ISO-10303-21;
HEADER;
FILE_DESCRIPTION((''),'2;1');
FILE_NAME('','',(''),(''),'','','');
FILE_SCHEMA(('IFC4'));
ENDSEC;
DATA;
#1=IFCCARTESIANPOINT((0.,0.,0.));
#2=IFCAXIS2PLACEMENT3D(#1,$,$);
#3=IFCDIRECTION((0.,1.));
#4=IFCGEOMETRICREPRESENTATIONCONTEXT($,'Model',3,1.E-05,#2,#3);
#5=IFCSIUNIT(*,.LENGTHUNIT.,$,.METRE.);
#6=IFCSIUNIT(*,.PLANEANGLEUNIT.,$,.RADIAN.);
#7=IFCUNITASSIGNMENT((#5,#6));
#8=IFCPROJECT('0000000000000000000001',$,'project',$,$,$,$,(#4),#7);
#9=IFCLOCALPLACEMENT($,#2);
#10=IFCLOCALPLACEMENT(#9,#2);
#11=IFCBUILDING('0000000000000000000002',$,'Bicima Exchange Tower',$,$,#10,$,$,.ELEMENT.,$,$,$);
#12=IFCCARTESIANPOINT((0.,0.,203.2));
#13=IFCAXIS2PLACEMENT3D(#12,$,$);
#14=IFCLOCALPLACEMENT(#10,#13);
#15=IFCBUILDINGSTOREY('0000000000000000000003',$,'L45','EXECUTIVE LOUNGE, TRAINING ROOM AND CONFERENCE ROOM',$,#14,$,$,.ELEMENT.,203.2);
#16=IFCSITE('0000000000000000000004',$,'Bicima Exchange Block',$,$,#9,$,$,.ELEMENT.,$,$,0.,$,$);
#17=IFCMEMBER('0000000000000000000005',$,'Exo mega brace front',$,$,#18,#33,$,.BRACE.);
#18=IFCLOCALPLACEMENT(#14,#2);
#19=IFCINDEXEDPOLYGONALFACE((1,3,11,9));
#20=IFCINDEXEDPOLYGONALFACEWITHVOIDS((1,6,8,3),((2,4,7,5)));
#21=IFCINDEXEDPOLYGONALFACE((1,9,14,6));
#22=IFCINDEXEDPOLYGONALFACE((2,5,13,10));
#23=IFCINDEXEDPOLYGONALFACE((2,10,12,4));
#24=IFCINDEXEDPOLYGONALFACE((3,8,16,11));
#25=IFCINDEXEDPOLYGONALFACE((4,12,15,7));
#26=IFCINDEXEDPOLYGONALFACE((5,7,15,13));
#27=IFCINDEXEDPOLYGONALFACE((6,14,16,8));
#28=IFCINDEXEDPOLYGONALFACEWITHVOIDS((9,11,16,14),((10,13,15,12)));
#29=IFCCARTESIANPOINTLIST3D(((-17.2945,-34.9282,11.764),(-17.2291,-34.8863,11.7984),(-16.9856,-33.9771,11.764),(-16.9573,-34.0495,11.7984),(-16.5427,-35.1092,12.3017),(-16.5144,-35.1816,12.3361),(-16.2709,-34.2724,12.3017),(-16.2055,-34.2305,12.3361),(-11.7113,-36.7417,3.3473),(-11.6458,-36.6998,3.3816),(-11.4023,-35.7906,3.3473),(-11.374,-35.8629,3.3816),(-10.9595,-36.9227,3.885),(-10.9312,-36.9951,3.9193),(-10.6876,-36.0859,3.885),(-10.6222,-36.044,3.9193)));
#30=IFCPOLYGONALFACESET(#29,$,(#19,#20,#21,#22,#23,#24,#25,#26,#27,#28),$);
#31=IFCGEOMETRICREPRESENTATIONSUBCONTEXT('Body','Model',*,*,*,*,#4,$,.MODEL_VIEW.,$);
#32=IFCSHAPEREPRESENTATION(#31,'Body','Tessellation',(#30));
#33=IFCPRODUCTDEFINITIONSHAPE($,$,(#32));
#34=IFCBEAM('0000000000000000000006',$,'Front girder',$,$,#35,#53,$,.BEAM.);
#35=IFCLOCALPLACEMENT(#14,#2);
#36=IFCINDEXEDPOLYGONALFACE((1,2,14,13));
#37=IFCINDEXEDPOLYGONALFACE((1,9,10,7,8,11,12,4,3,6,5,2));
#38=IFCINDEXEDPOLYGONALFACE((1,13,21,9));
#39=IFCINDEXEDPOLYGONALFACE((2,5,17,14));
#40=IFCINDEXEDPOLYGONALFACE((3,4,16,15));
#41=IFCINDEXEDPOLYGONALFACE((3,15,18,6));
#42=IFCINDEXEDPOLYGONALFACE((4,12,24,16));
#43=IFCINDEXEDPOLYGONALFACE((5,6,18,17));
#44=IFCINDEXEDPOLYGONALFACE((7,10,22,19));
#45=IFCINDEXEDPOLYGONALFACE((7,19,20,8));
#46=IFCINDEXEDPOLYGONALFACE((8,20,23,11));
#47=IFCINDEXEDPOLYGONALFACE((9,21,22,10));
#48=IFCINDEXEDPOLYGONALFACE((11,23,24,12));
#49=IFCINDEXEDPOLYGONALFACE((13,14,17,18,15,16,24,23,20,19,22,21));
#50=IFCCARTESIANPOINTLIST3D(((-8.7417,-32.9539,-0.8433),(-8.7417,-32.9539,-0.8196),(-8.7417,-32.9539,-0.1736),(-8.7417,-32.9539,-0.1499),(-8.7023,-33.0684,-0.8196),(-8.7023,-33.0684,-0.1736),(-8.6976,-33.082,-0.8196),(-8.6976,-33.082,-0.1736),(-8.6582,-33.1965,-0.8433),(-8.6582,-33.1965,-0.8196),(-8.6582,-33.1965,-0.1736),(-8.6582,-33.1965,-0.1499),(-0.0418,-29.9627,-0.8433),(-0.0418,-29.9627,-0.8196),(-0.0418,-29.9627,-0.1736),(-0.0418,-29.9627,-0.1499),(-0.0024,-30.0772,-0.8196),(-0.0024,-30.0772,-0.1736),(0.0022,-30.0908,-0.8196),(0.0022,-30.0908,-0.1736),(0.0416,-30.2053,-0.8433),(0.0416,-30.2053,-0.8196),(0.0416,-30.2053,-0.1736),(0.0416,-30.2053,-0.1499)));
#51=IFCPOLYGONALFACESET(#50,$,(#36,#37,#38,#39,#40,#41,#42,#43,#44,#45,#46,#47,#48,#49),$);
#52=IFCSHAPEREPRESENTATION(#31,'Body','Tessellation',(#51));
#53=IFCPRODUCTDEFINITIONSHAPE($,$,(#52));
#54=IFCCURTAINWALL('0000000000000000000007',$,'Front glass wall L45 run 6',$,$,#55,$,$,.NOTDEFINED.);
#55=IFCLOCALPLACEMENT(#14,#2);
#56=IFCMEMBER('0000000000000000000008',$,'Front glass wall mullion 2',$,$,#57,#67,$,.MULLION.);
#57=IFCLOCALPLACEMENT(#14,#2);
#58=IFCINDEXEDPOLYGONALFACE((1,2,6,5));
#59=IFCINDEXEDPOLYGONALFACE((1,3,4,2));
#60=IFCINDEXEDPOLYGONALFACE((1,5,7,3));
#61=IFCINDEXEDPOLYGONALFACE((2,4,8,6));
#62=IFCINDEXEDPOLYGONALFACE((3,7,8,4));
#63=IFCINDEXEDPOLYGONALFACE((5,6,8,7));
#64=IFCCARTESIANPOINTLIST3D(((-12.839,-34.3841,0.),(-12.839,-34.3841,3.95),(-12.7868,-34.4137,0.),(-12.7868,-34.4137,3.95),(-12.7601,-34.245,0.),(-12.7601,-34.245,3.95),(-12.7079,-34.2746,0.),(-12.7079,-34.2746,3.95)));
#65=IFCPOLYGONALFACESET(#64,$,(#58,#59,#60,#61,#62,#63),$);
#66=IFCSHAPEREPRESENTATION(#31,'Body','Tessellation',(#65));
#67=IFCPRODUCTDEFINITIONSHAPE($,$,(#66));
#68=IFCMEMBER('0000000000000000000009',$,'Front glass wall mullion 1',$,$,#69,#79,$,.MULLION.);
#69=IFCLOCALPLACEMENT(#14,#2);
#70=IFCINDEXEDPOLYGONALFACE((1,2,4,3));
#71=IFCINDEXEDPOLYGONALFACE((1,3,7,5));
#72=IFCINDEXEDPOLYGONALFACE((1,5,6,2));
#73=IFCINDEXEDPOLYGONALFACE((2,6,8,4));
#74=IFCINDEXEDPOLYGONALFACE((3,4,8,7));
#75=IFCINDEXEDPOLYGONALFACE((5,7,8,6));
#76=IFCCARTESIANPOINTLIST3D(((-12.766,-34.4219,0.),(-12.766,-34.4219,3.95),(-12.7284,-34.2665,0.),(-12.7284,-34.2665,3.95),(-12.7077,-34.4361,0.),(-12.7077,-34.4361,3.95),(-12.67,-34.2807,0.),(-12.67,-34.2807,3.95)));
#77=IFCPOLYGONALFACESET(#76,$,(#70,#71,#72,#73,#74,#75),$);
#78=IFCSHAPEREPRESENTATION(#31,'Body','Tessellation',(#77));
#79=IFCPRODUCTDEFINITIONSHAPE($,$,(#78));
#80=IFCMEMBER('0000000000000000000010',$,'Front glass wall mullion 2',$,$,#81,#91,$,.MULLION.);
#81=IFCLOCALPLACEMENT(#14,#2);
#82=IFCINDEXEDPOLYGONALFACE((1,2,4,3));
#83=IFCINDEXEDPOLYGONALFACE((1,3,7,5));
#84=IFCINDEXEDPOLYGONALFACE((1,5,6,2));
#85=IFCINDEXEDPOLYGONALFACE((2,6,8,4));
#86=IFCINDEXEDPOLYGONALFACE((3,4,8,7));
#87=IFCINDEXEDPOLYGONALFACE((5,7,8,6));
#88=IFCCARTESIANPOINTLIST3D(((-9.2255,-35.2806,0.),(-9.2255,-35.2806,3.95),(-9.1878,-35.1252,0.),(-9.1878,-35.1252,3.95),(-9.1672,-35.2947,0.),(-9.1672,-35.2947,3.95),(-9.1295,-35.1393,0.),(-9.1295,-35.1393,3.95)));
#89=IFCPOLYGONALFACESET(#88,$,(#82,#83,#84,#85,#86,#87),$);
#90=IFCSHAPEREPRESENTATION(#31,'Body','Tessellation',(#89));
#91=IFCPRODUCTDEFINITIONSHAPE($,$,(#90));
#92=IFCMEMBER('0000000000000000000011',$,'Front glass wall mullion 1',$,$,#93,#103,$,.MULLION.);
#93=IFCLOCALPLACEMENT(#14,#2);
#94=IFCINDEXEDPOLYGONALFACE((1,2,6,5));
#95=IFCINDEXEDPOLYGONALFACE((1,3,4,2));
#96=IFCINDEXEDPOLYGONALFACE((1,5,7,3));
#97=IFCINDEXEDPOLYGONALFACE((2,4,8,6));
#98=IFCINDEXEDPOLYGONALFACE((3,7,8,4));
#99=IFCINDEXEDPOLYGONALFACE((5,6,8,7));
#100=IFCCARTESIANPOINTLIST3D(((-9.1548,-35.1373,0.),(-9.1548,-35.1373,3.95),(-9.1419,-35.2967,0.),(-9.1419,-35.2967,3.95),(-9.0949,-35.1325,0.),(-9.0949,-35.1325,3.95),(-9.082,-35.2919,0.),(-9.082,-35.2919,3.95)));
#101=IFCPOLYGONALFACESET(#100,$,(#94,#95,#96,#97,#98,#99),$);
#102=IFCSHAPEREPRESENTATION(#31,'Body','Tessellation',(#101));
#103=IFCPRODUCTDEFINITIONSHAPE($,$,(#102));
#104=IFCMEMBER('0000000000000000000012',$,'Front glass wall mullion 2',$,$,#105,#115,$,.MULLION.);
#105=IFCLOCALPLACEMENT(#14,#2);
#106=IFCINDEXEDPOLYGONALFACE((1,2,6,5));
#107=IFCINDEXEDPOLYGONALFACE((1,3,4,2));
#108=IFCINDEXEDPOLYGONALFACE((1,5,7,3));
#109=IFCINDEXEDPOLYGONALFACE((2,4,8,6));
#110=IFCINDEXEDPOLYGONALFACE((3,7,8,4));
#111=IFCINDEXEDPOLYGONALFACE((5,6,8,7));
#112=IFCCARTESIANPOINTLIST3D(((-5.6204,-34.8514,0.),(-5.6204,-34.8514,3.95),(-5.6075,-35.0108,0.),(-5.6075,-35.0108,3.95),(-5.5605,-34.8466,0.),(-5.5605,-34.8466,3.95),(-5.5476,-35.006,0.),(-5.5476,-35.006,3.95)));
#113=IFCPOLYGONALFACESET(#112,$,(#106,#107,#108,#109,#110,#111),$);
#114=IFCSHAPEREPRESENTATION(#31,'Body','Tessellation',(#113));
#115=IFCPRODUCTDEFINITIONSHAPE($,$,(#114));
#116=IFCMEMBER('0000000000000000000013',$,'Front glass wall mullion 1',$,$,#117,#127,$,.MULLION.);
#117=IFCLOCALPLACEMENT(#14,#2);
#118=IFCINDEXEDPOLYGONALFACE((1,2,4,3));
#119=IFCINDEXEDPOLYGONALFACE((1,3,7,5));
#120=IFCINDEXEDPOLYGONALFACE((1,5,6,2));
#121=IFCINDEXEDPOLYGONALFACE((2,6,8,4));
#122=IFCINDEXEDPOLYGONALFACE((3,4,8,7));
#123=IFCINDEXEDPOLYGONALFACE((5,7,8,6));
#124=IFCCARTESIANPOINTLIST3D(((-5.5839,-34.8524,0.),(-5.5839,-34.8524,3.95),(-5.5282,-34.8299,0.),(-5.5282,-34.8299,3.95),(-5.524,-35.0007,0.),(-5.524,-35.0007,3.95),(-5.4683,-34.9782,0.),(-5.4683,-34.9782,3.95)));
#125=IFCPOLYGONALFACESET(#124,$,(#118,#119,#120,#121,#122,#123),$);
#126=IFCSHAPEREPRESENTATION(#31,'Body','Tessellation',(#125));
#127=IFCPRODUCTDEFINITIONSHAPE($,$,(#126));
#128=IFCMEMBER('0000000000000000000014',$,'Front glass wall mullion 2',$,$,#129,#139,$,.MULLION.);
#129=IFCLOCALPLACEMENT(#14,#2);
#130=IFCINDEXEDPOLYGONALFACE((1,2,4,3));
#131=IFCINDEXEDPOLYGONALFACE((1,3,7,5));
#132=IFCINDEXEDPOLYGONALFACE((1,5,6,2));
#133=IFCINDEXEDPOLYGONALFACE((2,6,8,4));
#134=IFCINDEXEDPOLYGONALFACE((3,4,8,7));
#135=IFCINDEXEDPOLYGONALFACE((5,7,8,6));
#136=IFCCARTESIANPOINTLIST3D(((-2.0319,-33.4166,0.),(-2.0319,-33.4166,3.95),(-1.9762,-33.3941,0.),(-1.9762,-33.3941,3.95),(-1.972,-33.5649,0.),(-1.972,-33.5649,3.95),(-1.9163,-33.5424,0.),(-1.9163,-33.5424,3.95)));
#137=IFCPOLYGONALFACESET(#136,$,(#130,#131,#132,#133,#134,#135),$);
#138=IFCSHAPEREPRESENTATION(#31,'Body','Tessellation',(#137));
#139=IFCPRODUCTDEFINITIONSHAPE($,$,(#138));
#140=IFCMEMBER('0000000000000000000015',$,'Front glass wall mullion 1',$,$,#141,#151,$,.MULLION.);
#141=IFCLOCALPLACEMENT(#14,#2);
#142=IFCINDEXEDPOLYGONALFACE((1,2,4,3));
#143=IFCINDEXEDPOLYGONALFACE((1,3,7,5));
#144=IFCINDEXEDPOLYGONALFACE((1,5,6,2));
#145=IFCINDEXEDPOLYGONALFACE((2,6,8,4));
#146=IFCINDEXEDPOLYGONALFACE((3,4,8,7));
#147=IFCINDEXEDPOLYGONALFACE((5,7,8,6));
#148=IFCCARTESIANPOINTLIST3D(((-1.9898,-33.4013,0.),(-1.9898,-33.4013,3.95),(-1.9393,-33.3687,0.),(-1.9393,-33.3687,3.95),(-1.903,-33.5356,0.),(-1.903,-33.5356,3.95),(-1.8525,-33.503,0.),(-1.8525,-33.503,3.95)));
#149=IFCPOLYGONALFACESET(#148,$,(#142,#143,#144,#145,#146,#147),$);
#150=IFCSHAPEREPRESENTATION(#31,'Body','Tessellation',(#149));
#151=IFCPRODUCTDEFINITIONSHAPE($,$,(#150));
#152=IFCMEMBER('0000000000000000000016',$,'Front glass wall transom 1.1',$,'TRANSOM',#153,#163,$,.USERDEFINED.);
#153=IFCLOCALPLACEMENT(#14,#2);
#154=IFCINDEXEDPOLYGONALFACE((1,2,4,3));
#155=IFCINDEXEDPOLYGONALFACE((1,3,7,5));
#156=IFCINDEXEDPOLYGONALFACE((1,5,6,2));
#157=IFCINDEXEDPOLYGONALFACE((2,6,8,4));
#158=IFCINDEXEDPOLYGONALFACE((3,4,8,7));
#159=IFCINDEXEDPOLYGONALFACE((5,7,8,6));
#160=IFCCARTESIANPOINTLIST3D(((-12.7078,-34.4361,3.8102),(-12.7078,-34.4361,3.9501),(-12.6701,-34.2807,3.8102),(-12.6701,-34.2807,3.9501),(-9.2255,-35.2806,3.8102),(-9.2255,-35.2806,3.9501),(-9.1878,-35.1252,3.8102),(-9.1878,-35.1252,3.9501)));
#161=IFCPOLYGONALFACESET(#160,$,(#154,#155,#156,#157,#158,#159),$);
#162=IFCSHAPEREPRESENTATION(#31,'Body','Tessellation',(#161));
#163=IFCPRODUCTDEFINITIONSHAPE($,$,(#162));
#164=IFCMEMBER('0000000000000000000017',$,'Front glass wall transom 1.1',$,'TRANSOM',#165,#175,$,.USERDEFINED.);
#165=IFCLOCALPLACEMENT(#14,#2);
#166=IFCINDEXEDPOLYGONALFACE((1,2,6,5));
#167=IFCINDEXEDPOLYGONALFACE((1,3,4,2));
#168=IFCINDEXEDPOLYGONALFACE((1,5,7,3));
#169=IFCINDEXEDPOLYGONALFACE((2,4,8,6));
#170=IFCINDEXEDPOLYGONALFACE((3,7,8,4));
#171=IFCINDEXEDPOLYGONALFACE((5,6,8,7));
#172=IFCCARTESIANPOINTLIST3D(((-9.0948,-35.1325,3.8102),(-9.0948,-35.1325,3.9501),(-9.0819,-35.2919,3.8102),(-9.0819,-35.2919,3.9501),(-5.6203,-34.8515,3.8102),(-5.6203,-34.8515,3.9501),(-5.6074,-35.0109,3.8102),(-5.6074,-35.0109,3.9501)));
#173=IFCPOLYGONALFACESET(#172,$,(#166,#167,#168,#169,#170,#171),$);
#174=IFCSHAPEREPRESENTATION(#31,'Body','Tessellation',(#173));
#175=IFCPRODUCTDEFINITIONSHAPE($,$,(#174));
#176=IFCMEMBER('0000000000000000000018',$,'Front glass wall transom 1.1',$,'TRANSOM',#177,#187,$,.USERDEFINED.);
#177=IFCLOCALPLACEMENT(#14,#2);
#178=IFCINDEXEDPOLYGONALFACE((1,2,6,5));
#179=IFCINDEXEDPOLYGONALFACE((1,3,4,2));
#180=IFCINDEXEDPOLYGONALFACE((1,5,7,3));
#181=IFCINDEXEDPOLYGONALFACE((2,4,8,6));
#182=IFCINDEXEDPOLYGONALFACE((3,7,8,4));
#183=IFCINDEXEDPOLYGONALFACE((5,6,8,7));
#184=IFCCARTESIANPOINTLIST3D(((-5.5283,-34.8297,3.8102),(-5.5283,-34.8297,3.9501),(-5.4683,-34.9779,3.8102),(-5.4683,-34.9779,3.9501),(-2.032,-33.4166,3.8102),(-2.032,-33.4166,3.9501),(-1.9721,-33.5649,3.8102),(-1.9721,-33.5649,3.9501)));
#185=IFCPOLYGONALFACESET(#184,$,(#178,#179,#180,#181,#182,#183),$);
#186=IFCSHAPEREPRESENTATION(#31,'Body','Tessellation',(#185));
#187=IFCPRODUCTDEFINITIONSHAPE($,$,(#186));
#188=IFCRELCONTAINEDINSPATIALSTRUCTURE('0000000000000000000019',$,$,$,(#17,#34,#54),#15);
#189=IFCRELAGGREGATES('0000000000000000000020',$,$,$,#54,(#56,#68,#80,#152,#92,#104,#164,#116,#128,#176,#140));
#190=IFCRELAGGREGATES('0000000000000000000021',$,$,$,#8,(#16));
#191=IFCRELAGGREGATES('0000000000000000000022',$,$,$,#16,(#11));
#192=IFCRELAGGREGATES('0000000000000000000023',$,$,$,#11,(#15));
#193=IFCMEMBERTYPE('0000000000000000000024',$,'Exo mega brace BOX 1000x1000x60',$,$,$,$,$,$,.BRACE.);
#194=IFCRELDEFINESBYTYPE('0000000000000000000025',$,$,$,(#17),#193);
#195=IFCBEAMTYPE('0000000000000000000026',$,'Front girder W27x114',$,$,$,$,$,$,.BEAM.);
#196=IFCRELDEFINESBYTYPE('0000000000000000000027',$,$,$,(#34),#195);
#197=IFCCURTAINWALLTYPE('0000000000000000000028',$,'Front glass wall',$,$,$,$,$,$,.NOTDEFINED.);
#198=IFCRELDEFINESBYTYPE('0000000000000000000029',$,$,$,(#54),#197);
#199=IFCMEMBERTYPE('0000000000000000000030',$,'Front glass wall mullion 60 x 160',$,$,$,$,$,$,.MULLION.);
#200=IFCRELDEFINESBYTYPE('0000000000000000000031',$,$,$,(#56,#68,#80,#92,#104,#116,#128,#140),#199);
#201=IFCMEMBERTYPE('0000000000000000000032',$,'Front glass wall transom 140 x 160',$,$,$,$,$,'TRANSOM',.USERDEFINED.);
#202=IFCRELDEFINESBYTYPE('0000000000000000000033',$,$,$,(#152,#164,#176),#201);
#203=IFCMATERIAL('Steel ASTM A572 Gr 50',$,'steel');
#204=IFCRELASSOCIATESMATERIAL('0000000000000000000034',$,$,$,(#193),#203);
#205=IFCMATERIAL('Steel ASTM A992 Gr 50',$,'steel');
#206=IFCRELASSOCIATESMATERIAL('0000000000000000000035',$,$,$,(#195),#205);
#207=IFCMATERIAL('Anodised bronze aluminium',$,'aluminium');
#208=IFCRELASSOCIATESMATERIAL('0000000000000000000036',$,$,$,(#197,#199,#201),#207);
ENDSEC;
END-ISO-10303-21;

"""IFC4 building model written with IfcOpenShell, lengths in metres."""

from ifc_helpers import new_model, si_unit, direction, frame, origin, origin_2d, place, context, subcontext, project, spatial, rectangle, hollow_rectangle, i_section, extrude, material, material_profile, profile_set, type_object, element, aggregate, save


model = new_model("IFC4")

# Units and contexts
model_context = context("Model", 3, precision=1e-05, world=origin(), true_north=direction((0.0, 1.0)))
body_context = subcontext(model_context, "Body", "Model", "MODEL_VIEW")
ifc_project = project(units=[si_unit("LENGTHUNIT", "METRE"), si_unit("PLANEANGLEUNIT", "RADIAN")], contexts=[model_context])

# Site, building, storey
site_placement = place(None, origin())
site = spatial("IfcSite", under=ifc_project, at=site_placement, Name="Bicima Exchange Block", CompositionType="ELEMENT", RefElevation=0.0)
building_placement = place(site_placement, origin())
building = spatial("IfcBuilding", under=site, at=building_placement, Name="Bicima Exchange Tower", CompositionType="ELEMENT")
storey_placement = place(building_placement, frame((0.0, 0.0, 203.2)))
storey = spatial("IfcBuildingStorey", under=building, at=storey_placement, Name="L45", Description="EXECUTIVE LOUNGE, TRAINING ROOM AND CONFERENCE ROOM", CompositionType="ELEMENT", Elevation=203.2)

# Member
ifc_material_1 = material(Name="Steel ASTM A572 Gr 50", Category="steel")
ifc_material_profile_1 = material_profile(ifc_material_1, hollow_rectangle(XDim=1.0, YDim=1.0, WallThickness=0.0601, at=origin_2d()))
ifc_profile_set_1 = profile_set([ifc_material_profile_1], Name="Steel ASTM A572 Gr 50")
member_type_1 = type_object("IfcMemberType", Name="Exo mega brace BOX 1000x1000x60", PredefinedType="BRACE", material=ifc_profile_set_1)
member_1_placement = place(storey_placement, frame((-11.1667, -36.3928, 3.6333), z_axis=(-0.544085, 0.176722, 0.820208), x_axis=(-0.30892, -0.951088, 0.0)))
element("IfcMember", 1, at=member_1_placement, inside=storey, type_object=member_type_1, Name="Exo mega brace front", PredefinedType="BRACE", context=body_context, shape_type="SweptSolid", body=[
    extrude(hollow_rectangle(XDim=1.0, YDim=1.0, WallThickness=0.0601, at=origin_2d()), origin(), (0.0, 0.0, 1.0), 10.2617),
])

# Beam
ifc_material_2 = material(Name="Steel ASTM A992 Gr 50", Category="steel")
ifc_material_profile_2 = material_profile(ifc_material_2, i_section(OverallWidth=0.2566, OverallDepth=0.6934, WebThickness=0.0144, FlangeThickness=0.0237, at=origin_2d()))
ifc_profile_set_2 = profile_set([ifc_material_profile_2], Name="Steel ASTM A992 Gr 50")
beam_type = type_object("IfcBeamType", Name="Front girder W27x114", PredefinedType="BEAM", material=ifc_profile_set_2)
beam_placement = place(storey_placement, frame((-8.7, -33.0752, -0.4966), z_axis=(0.945666, 0.325138, 0.0), x_axis=(-0.325138, 0.945666, 0.0)))
element("IfcBeam", 2, at=beam_placement, inside=storey, type_object=beam_type, Name="Front girder", PredefinedType="BEAM", context=body_context, shape_type="SweptSolid", body=[
    extrude(i_section(OverallWidth=0.2566, OverallDepth=0.6934, WebThickness=0.0144, FlangeThickness=0.0237, at=origin_2d()), origin(), (0.0, 0.0, 1.0), 9.1997),
])

# Curtain wall, members
ifc_material_3 = material(Name="Anodised bronze aluminium", Category="aluminium")
curtain_wall_type = type_object("IfcCurtainWallType", Name="Front glass wall", PredefinedType="NOTDEFINED", material=ifc_material_3)
curtain_wall_placement = place(storey_placement, origin())
curtain_wall = element("IfcCurtainWall", 3, at=curtain_wall_placement, inside=storey, type_object=curtain_wall_type, Name="Front glass wall L45 run 6", PredefinedType="NOTDEFINED")
ifc_material_profile_3 = material_profile(ifc_material_3, rectangle(XDim=0.1599, YDim=0.0601, at=origin_2d()))
ifc_profile_set_3 = profile_set([ifc_material_profile_3], Name="Anodised bronze aluminium")
member_type_2 = type_object("IfcMemberType", Name="Front glass wall mullion 60 x 160", PredefinedType="MULLION", material=ifc_profile_set_3)
member_2_placement = place(storey_placement, frame((-12.7734, -34.3293, 0.0), z_axis=(0.0, 0.0, 1.0), x_axis=(0.493395, 0.869805, 0.0)))
member_2 = element("IfcMember", 4, at=member_2_placement, type_object=member_type_2, Name="Front glass wall mullion 2", PredefinedType="MULLION", context=body_context, shape_type="SweptSolid", body=[
    extrude(rectangle(XDim=0.1599, YDim=0.0601, at=origin_2d()), origin(), (0.0, 0.0, 1.0), 3.95),
])
member_3_placement = place(storey_placement, frame((-12.718, -34.3513, 0.0), z_axis=(0.0, 0.0, 1.0), x_axis=(0.235682, 0.97183, 0.0)))
member_3 = element("IfcMember", 5, at=member_3_placement, type_object=member_type_2, Name="Front glass wall mullion 1", PredefinedType="MULLION", context=body_context, shape_type="SweptSolid", body=[
    extrude(rectangle(XDim=0.1599, YDim=0.0601, at=origin_2d()), origin(), (0.0, 0.0, 1.0), 3.95),
])
member_4_placement = place(storey_placement, frame((-9.1775, -35.21, 0.0), z_axis=(0.0, 0.0, 1.0), x_axis=(0.235682, 0.97183, 0.0)))
member_4 = element("IfcMember", 6, at=member_4_placement, type_object=member_type_2, Name="Front glass wall mullion 2", PredefinedType="MULLION", context=body_context, shape_type="SweptSolid", body=[
    extrude(rectangle(XDim=0.1599, YDim=0.0601, at=origin_2d()), origin(), (0.0, 0.0, 1.0), 3.95),
])
member_5_placement = place(storey_placement, frame((-9.1184, -35.2146, 0.0), z_axis=(0.0, 0.0, 1.0), x_axis=(-0.080589, 0.996747, 0.0)))
member_5 = element("IfcMember", 7, at=member_5_placement, type_object=member_type_2, Name="Front glass wall mullion 1", PredefinedType="MULLION", context=body_context, shape_type="SweptSolid", body=[
    extrude(rectangle(XDim=0.1599, YDim=0.0601, at=origin_2d()), origin(), (0.0, 0.0, 1.0), 3.95),
])
member_6_placement = place(storey_placement, frame((-5.584, -34.9287, 0.0), z_axis=(0.0, 0.0, 1.0), x_axis=(-0.080589, 0.996747, 0.0)))
member_6 = element("IfcMember", 8, at=member_6_placement, type_object=member_type_2, Name="Front glass wall mullion 2", PredefinedType="MULLION", context=body_context, shape_type="SweptSolid", body=[
    extrude(rectangle(XDim=0.1599, YDim=0.0601, at=origin_2d()), origin(), (0.0, 0.0, 1.0), 3.95),
])
member_7_placement = place(storey_placement, frame((-5.5261, -34.9153, 0.0), z_axis=(0.0, 0.0, 1.0), x_axis=(-0.374705, 0.927144, 0.0)))
member_7 = element("IfcMember", 9, at=member_7_placement, type_object=member_type_2, Name="Front glass wall mullion 1", PredefinedType="MULLION", context=body_context, shape_type="SweptSolid", body=[
    extrude(rectangle(XDim=0.1599, YDim=0.0601, at=origin_2d()), origin(), (0.0, 0.0, 1.0), 3.95),
])
member_8_placement = place(storey_placement, frame((-1.9741, -33.4795, 0.0), z_axis=(0.0, 0.0, 1.0), x_axis=(-0.374705, 0.927144, 0.0)))
member_8 = element("IfcMember", 10, at=member_8_placement, type_object=member_type_2, Name="Front glass wall mullion 2", PredefinedType="MULLION", context=body_context, shape_type="SweptSolid", body=[
    extrude(rectangle(XDim=0.1599, YDim=0.0601, at=origin_2d()), origin(), (0.0, 0.0, 1.0), 3.95),
])
member_9_placement = place(storey_placement, frame((-1.9211, -33.4521, 0.0), z_axis=(0.0, 0.0, 1.0), x_axis=(-0.542897, 0.839799, 0.0)))
member_9 = element("IfcMember", 11, at=member_9_placement, type_object=member_type_2, Name="Front glass wall mullion 1", PredefinedType="MULLION", context=body_context, shape_type="SweptSolid", body=[
    extrude(rectangle(XDim=0.1599, YDim=0.0601, at=origin_2d()), origin(), (0.0, 0.0, 1.0), 3.95),
])
ifc_material_profile_4 = material_profile(ifc_material_3, rectangle(XDim=0.1599, YDim=0.1399, at=origin_2d()))
ifc_profile_set_4 = profile_set([ifc_material_profile_4], Name="Anodised bronze aluminium")
member_type_3 = type_object("IfcMemberType", Name="Front glass wall transom 140 x 160", ElementType="TRANSOM", PredefinedType="USERDEFINED", material=ifc_profile_set_4)
member_10_placement = place(storey_placement, frame((-12.689, -34.3584, 3.8801), z_axis=(0.971834, -0.235668, 0.0), x_axis=(0.235668, 0.971834, 0.0)))
member_10 = element("IfcMember", 12, at=member_10_placement, type_object=member_type_3, Name="Front glass wall transom 1.1", ObjectType="TRANSOM", PredefinedType="USERDEFINED", context=body_context, shape_type="SweptSolid", body=[
    extrude(rectangle(XDim=0.1599, YDim=0.1399, at=origin_2d()), origin(), (0.0, 0.0, 1.0), 3.5833),
])
member_11_placement = place(storey_placement, frame((-9.0884, -35.2122, 3.8801), z_axis=(0.996746, 0.080611, 0.0), x_axis=(-0.080611, 0.996746, 0.0)))
member_11 = element("IfcMember", 13, at=member_11_placement, type_object=member_type_3, Name="Front glass wall transom 1.1", ObjectType="TRANSOM", PredefinedType="USERDEFINED", context=body_context, shape_type="SweptSolid", body=[
    extrude(rectangle(XDim=0.1599, YDim=0.1399, at=origin_2d()), origin(), (0.0, 0.0, 1.0), 3.4858),
])
member_12_placement = place(storey_placement, frame((-5.4983, -34.9038, 3.8801), z_axis=(0.92714, 0.374715, 0.0), x_axis=(-0.374715, 0.92714, 0.0)))
member_12 = element("IfcMember", 14, at=member_12_placement, type_object=member_type_3, Name="Front glass wall transom 1.1", ObjectType="TRANSOM", PredefinedType="USERDEFINED", context=body_context, shape_type="SweptSolid", body=[
    extrude(rectangle(XDim=0.1599, YDim=0.1399, at=origin_2d()), origin(), (0.0, 0.0, 1.0), 3.771),
])

aggregate(curtain_wall, [member_2, member_3, member_4, member_10, member_5, member_6, member_11, member_7, member_8, member_12, member_9])

save(model, "model.ifc")
